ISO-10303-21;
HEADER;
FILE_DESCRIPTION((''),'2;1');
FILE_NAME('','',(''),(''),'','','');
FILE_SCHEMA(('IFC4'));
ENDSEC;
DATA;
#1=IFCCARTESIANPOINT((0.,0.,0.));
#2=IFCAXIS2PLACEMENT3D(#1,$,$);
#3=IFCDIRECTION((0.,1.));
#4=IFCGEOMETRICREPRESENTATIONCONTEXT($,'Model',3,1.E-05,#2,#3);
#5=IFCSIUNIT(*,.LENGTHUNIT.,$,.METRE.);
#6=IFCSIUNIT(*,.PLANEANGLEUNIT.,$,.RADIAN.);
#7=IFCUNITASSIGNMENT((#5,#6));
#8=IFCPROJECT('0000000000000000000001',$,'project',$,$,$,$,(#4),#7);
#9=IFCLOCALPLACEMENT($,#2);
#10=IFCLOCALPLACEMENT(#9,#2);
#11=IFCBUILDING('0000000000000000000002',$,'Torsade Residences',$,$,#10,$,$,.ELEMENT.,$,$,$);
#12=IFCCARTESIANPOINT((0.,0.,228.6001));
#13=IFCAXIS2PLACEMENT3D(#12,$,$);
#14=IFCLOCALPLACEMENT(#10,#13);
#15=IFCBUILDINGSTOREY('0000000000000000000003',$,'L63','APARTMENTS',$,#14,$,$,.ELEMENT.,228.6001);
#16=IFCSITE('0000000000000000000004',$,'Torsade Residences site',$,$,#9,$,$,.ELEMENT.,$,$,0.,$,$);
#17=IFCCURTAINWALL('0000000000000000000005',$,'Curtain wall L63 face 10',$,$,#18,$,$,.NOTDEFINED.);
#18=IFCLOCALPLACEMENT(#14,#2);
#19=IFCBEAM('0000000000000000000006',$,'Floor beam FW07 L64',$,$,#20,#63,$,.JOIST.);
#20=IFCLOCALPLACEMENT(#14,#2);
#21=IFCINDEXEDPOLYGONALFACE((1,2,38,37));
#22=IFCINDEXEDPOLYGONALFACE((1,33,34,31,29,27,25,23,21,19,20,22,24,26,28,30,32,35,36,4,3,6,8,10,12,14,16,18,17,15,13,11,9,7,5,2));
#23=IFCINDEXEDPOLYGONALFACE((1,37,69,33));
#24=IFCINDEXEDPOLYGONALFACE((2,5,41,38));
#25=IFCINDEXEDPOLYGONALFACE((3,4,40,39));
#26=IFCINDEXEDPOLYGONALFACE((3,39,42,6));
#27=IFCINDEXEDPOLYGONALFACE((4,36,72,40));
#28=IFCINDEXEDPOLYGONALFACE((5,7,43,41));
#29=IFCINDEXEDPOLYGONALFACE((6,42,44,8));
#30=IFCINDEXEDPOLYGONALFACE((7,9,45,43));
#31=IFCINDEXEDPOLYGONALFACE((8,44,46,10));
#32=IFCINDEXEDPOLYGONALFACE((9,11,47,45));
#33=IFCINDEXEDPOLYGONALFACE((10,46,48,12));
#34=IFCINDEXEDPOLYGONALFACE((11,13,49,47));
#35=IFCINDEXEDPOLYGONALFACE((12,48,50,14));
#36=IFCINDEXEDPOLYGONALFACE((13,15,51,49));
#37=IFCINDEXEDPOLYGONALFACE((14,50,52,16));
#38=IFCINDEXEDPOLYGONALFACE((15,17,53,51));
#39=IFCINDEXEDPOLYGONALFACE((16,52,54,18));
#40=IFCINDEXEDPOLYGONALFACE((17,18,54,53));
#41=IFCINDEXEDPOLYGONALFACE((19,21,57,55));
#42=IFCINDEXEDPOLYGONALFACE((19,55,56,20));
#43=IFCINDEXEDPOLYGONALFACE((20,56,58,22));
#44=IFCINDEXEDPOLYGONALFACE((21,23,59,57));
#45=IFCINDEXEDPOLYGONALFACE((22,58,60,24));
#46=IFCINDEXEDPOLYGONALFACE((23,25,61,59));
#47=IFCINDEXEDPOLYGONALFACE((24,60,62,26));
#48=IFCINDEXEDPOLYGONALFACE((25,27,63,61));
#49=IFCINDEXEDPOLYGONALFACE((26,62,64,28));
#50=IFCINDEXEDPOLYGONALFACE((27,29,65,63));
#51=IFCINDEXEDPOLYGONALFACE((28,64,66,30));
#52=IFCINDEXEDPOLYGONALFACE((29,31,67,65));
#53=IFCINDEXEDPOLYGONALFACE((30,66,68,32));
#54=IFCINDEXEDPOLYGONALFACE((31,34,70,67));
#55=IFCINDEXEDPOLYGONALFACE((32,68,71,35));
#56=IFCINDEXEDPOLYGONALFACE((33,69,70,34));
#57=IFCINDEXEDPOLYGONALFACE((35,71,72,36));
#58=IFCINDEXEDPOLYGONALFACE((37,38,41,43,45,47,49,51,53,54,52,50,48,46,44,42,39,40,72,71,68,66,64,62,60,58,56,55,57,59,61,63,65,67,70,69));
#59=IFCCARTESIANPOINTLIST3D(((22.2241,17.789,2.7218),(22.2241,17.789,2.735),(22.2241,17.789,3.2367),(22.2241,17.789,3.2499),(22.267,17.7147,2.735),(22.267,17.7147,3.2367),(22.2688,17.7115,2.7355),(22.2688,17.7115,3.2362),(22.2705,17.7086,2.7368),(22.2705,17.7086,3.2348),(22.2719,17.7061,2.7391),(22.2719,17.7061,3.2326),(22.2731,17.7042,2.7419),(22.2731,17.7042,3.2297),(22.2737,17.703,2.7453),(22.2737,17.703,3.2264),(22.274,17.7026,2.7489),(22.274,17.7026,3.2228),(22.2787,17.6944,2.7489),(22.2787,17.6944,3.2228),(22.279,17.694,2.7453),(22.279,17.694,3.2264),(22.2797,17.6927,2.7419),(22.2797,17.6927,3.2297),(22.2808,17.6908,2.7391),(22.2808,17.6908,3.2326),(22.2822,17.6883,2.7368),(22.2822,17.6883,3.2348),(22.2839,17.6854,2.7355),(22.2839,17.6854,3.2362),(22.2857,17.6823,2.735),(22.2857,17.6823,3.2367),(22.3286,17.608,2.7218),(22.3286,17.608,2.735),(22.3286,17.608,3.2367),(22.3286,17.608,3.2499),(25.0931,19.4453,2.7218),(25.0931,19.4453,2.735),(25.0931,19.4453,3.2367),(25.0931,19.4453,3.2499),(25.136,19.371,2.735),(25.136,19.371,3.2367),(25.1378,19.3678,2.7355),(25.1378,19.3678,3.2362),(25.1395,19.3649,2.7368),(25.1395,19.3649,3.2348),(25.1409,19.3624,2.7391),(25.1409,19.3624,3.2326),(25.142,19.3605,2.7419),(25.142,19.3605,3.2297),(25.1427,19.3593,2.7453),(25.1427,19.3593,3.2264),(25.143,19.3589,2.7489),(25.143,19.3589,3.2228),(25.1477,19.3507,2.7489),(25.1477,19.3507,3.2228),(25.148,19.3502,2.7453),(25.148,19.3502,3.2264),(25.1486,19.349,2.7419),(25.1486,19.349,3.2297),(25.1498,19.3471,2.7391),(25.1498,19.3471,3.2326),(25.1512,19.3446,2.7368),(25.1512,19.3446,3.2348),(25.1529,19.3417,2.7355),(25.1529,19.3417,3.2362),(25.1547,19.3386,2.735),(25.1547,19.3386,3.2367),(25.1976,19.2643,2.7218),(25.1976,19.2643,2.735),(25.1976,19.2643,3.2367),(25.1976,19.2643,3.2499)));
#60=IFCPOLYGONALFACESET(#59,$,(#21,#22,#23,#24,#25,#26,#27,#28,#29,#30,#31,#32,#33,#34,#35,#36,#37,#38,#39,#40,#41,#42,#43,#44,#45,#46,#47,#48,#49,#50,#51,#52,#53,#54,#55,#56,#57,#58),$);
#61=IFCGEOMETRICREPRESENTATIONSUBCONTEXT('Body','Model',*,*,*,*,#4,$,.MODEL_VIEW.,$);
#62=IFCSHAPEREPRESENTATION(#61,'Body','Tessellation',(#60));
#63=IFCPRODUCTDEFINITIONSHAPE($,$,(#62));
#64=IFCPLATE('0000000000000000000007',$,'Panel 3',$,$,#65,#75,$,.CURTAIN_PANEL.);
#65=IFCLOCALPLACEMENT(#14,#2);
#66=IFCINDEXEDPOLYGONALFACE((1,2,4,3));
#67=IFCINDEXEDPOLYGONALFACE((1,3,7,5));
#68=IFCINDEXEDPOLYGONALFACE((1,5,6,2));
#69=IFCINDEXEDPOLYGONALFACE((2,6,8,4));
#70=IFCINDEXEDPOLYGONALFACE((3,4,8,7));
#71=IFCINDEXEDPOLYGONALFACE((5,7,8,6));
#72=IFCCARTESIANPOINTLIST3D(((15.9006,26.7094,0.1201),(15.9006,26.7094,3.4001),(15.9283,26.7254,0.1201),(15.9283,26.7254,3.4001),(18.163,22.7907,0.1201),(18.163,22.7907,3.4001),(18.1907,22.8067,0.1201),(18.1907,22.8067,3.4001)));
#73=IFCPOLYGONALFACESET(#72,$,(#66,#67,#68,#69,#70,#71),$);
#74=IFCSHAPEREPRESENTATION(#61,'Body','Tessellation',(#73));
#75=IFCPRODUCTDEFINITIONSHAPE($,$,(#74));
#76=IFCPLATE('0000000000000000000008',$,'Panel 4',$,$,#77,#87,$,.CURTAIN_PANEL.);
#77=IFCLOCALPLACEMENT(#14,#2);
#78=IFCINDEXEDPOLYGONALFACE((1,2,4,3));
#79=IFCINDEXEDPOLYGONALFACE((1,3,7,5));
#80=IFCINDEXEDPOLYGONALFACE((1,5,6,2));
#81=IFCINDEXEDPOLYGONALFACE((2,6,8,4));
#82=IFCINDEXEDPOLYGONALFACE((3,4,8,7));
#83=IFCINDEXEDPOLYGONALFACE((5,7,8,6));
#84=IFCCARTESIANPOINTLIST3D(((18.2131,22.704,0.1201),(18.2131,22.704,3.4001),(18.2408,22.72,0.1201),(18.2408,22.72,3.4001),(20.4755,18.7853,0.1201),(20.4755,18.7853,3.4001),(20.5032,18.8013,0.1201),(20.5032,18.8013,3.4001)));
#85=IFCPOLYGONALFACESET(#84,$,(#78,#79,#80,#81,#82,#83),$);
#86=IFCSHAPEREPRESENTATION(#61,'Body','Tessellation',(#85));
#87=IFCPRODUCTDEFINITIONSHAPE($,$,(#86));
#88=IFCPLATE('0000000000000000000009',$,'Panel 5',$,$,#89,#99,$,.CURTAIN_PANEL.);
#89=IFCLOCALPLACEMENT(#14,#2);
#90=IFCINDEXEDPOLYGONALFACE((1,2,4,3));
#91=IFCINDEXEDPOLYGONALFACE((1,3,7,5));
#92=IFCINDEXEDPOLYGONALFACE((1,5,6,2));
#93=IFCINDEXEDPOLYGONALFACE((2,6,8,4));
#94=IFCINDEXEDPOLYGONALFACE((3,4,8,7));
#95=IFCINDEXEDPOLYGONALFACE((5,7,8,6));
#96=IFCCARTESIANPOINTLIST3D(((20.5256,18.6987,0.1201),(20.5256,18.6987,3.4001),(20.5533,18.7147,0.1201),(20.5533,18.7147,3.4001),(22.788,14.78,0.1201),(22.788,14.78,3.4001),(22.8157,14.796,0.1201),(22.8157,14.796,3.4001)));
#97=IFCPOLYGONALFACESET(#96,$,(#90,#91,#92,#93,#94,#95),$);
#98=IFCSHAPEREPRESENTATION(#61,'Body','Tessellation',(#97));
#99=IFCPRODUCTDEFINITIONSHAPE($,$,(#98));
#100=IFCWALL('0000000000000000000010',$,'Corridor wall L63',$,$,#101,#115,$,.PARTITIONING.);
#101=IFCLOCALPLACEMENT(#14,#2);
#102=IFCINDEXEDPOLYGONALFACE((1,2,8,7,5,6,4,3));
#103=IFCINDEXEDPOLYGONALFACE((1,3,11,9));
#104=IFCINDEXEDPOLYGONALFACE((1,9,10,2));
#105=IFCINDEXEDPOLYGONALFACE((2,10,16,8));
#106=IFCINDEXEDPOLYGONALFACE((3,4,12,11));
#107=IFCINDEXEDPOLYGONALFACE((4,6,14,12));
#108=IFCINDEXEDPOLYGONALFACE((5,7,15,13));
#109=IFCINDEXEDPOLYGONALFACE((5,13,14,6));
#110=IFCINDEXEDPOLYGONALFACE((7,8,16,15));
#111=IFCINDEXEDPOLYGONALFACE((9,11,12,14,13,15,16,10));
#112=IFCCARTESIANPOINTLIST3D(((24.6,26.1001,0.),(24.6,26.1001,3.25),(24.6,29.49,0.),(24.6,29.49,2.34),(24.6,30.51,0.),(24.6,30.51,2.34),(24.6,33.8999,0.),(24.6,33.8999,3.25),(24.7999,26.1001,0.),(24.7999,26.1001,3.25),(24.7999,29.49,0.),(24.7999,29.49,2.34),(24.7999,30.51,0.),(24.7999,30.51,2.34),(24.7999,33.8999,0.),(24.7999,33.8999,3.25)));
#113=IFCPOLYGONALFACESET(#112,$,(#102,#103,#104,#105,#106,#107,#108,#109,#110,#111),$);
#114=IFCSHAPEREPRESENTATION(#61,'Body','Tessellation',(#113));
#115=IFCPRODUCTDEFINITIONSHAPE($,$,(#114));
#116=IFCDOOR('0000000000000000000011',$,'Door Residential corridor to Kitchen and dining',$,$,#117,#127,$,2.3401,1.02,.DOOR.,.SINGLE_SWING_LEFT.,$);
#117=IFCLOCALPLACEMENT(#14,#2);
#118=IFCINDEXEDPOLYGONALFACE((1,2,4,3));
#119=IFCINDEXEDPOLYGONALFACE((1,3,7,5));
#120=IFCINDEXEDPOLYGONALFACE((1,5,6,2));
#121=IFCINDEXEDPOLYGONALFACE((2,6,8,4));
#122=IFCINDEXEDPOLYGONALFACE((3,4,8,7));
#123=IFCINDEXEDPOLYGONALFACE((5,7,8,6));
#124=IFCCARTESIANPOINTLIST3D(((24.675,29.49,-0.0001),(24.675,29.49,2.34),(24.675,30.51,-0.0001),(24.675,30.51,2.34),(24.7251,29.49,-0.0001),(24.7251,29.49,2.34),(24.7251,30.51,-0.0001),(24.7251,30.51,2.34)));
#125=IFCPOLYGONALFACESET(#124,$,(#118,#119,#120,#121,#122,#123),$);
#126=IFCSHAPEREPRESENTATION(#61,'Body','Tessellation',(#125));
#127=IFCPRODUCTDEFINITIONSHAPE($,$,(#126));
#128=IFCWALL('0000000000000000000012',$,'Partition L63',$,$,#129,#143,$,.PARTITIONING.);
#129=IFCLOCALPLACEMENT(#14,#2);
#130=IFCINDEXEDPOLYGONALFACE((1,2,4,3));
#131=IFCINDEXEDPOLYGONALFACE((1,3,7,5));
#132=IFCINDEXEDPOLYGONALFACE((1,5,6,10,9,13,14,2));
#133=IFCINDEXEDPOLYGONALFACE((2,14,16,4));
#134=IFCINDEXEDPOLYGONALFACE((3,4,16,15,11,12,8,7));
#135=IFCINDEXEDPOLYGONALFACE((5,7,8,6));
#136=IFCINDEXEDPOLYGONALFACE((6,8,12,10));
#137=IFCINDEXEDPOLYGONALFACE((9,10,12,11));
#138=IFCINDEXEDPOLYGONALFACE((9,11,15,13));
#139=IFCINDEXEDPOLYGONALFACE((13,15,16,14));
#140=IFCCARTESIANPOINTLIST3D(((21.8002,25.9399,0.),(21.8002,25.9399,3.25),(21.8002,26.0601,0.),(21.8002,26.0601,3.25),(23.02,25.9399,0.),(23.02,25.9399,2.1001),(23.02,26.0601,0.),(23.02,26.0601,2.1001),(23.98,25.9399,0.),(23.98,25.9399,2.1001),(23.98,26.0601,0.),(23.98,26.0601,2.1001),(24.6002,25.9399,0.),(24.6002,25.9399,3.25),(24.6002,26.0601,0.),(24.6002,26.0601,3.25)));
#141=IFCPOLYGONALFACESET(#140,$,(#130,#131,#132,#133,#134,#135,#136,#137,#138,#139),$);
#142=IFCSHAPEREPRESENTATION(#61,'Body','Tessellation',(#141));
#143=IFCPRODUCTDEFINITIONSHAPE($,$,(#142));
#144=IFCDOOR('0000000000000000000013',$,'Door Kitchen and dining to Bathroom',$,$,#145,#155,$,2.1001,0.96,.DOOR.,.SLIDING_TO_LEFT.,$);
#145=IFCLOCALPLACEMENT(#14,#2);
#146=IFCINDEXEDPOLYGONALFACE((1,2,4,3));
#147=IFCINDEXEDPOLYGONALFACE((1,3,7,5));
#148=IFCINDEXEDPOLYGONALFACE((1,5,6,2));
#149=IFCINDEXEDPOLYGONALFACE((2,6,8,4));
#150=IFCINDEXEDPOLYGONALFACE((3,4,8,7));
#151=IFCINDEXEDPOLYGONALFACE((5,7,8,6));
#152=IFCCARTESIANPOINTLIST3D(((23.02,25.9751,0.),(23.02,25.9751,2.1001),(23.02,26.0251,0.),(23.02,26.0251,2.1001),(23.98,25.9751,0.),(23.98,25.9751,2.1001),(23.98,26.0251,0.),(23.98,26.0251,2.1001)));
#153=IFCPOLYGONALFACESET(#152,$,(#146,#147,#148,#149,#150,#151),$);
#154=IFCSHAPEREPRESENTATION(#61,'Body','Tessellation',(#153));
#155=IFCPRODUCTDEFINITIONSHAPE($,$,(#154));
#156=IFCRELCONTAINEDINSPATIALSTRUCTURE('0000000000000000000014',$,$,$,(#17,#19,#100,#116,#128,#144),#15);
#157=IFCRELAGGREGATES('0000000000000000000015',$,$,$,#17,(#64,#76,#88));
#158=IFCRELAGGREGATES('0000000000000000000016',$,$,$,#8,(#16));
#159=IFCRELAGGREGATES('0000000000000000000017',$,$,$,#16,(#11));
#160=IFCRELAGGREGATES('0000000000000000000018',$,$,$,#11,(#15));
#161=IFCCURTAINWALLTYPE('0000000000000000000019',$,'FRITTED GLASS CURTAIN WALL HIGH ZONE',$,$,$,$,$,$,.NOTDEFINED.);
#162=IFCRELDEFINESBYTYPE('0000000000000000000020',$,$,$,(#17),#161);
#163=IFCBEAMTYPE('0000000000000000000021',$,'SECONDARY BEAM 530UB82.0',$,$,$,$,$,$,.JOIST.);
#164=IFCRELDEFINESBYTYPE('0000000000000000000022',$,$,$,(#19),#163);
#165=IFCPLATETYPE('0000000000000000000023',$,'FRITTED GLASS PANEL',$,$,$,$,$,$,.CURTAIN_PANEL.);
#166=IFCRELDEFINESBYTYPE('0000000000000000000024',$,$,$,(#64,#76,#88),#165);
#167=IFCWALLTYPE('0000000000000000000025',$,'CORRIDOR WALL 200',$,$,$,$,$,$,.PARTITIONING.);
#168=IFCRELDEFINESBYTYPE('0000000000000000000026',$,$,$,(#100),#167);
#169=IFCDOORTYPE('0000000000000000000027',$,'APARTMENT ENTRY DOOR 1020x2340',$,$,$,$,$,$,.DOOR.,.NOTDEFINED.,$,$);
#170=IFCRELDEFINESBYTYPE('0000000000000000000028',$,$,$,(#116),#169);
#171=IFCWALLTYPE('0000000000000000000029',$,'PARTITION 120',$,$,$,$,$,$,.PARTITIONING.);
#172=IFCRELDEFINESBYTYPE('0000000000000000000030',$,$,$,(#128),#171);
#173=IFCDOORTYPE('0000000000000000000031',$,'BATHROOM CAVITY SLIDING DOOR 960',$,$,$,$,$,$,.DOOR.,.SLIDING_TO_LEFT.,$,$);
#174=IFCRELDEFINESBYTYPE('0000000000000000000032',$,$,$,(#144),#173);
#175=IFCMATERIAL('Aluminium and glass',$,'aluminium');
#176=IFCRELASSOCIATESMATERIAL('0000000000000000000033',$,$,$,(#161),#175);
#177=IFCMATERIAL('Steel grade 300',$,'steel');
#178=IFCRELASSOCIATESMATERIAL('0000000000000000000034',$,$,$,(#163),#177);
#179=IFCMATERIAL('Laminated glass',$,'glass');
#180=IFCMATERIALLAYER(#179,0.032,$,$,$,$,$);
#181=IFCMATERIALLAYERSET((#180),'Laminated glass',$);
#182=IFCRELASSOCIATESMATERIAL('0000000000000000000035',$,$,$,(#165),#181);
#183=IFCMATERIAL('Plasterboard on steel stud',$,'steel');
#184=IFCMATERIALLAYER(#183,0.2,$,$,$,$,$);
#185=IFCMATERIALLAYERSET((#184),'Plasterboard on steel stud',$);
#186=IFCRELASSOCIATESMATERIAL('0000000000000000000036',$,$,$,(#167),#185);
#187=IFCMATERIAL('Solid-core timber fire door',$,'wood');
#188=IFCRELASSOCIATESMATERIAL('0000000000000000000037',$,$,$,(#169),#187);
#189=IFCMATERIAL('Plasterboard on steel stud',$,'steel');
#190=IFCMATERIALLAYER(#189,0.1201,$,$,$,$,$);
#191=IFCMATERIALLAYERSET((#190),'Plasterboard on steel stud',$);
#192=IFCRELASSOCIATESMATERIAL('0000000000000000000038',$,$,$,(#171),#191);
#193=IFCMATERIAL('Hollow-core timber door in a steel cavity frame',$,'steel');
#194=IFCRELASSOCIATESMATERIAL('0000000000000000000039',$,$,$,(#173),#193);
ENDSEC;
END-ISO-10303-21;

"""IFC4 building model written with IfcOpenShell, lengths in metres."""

from ifc_helpers import new_model, si_unit, direction, frame, frame_2d, origin, origin_2d, place, context, subcontext, project, spatial, rectangle, i_section, extrude, material, layer, layer_set, material_profile, profile_set, type_object, element, fill, aggregate, save


model = new_model("IFC4")

# Units and contexts
model_context = context("Model", 3, precision=1e-05, world=origin(), true_north=direction((0.0, 1.0)))
body_context = subcontext(model_context, "Body", "Model", "MODEL_VIEW")
ifc_project = project(units=[si_unit("LENGTHUNIT", "METRE"), si_unit("PLANEANGLEUNIT", "RADIAN")], contexts=[model_context])

# Site, building, storey
site_placement = place(None, origin())
site = spatial("IfcSite", under=ifc_project, at=site_placement, Name="Torsade Residences site", CompositionType="ELEMENT", RefElevation=0.0)
building_placement = place(site_placement, origin())
building = spatial("IfcBuilding", under=site, at=building_placement, Name="Torsade Residences", CompositionType="ELEMENT")
storey_placement = place(building_placement, frame((0.0, 0.0, 228.6001)))
storey = spatial("IfcBuildingStorey", under=building, at=storey_placement, Name="L63", Description="APARTMENTS", CompositionType="ELEMENT", Elevation=228.6001)

# Curtain wall
ifc_material_1 = material(Name="Aluminium and glass", Category="aluminium")
curtain_wall_type = type_object("IfcCurtainWallType", Name="FRITTED GLASS CURTAIN WALL HIGH ZONE", PredefinedType="NOTDEFINED", material=ifc_material_1)
curtain_wall_placement = place(storey_placement, origin())
curtain_wall = element("IfcCurtainWall", 1, at=curtain_wall_placement, inside=storey, type_object=curtain_wall_type, Name="Curtain wall L63 face 10", PredefinedType="NOTDEFINED")

# Beam
ifc_material_2 = material(Name="Steel grade 300", Category="steel")
ifc_material_profile_1 = material_profile(ifc_material_2, i_section(OverallWidth=0.209, OverallDepth=0.5281, WebThickness=0.0095, FlangeThickness=0.0132, FilletRadius=0.0139, at=origin_2d()), Name="530UB82.0")
ifc_profile_set_1 = profile_set([ifc_material_profile_1], Name="Steel grade 300")
beam_type_1 = type_object("IfcBeamType", Name="SECONDARY BEAM 530UB82.0", PredefinedType="JOIST", material=ifc_profile_set_1)
beam_1_placement = place(storey_placement, frame((22.2764, 17.6985, 2.9858), z_axis=(0.86604, 0.499976, 0.0), x_axis=(-0.499976, 0.86604, 0.0)))
element("IfcBeam", 2, at=beam_1_placement, inside=storey, type_object=beam_type_1, Name="Floor beam FW07 L64", PredefinedType="JOIST", context=body_context, shape_type="SweptSolid", body=[
    extrude(i_section(OverallWidth=0.209, OverallDepth=0.5281, WebThickness=0.0095, FlangeThickness=0.0132, FilletRadius=0.0139, at=origin_2d()), origin(), (0.0, 0.0, 1.0), 3.3127),
])

# Plates
ifc_material_3 = material(Name="Laminated glass", Category="glass")
ifc_layer_1 = layer(ifc_material_3, 0.032)
ifc_layer_set_1 = layer_set([ifc_layer_1], Name="Laminated glass")
plate_type = type_object("IfcPlateType", Name="FRITTED GLASS PANEL", PredefinedType="CURTAIN_PANEL", material=ifc_layer_set_1)
plate_1_placement = place(storey_placement, frame((17.0457, 24.7581, 0.1201), z_axis=(0.0, 0.0, 1.0), x_axis=(0.5, -0.866025, 0.0)))
plate_1 = element("IfcPlate", 3, at=plate_1_placement, type_object=plate_type, Name="Panel 3", PredefinedType="CURTAIN_PANEL", context=body_context, shape_type="SweptSolid", body=[
    extrude(rectangle(XDim=4.5249, YDim=0.032, at=origin_2d()), origin(), (0.0, 0.0, 1.0), 3.28),
])
plate_2_placement = place(storey_placement, frame((19.3582, 20.7527, 0.1201), z_axis=(0.0, 0.0, 1.0), x_axis=(0.5, -0.866025, 0.0)))
plate_2 = element("IfcPlate", 4, at=plate_2_placement, type_object=plate_type, Name="Panel 4", PredefinedType="CURTAIN_PANEL", context=body_context, shape_type="SweptSolid", body=[
    extrude(rectangle(XDim=4.5249, YDim=0.032, at=origin_2d()), origin(), (0.0, 0.0, 1.0), 3.28),
])
plate_3_placement = place(storey_placement, frame((21.6707, 16.7473, 0.1201), z_axis=(0.0, 0.0, 1.0), x_axis=(0.5, -0.866025, 0.0)))
plate_3 = element("IfcPlate", 5, at=plate_3_placement, type_object=plate_type, Name="Panel 5", PredefinedType="CURTAIN_PANEL", context=body_context, shape_type="SweptSolid", body=[
    extrude(rectangle(XDim=4.5249, YDim=0.032, at=origin_2d()), origin(), (0.0, 0.0, 1.0), 3.28),
])
aggregate(curtain_wall, [plate_1, plate_2, plate_3])

# Walls, openings, doors
ifc_material_4 = material(Name="Plasterboard on steel stud", Category="steel")
ifc_layer_2 = layer(ifc_material_4, 0.2)
ifc_layer_set_2 = layer_set([ifc_layer_2], Name="Plasterboard on steel stud")
wall_type_1 = type_object("IfcWallType", Name="CORRIDOR WALL 200", PredefinedType="PARTITIONING", material=ifc_layer_set_2)
wall_1_placement = place(storey_placement, frame((24.7, 26.1001, 0.0), z_axis=(0.0, 0.0, 1.0), x_axis=(0.0, 1.0, 0.0)))
wall_1 = element("IfcWall", 6, at=wall_1_placement, inside=storey, type_object=wall_type_1, Name="Corridor wall L63", PredefinedType="PARTITIONING", context=body_context, shape_type="SweptSolid", body=[
    extrude(rectangle(XDim=7.7998, YDim=0.2, at=frame_2d((3.8999, 0.0))), origin(), (0.0, 0.0, 1.0), 3.25),
])
opening_1_placement = place(wall_1_placement, frame((3.3899, 0.0, 0.0)))
opening_1 = element("IfcOpeningElement", 7, at=opening_1_placement, cuts=wall_1, PredefinedType="OPENING", context=body_context, shape_type="SweptSolid", body=[
    extrude(rectangle(XDim=1.02, YDim=2.3401, at=frame_2d((0.51, 1.1699))), frame((0.0, 0.1099, 0.0), z_axis=(0.0, -1.0, 0.0), x_axis=(1.0, 0.0, 0.0)), (0.0, 0.0, 1.0), 0.22),
])
ifc_material_5 = material(Name="Solid-core timber fire door", Category="wood")
door_type_1 = type_object("IfcDoorType", Name="APARTMENT ENTRY DOOR 1020x2340", OperationType="NOTDEFINED", PredefinedType="DOOR", material=ifc_material_5)
door_1_placement = place(opening_1_placement, origin())
door_1 = element("IfcDoor", 8, at=door_1_placement, inside=storey, type_object=door_type_1, Name="Door Residential corridor to Kitchen and dining", OperationType="SINGLE_SWING_LEFT", OverallHeight=2.3401, OverallWidth=1.02, PredefinedType="DOOR", context=body_context, shape_type="SweptSolid", body=[
    extrude(rectangle(XDim=1.02, YDim=2.3401, at=frame_2d((0.51, 1.1699))), frame((0.0, 0.0249, 0.0), z_axis=(0.0, -1.0, 0.0), x_axis=(1.0, 0.0, 0.0)), (0.0, 0.0, 1.0), 0.05),
])
fill(opening_1, door_1)
ifc_material_6 = material(Name="Plasterboard on steel stud", Category="steel")
ifc_layer_3 = layer(ifc_material_6, 0.1201)
ifc_layer_set_3 = layer_set([ifc_layer_3], Name="Plasterboard on steel stud")
wall_type_2 = type_object("IfcWallType", Name="PARTITION 120", PredefinedType="PARTITIONING", material=ifc_layer_set_3)
wall_2_placement = place(storey_placement, frame((24.6001, 26.0, 0.0), z_axis=(0.0, 0.0, 1.0), x_axis=(-1.0, 0.0, 0.0)))
wall_2 = element("IfcWall", 9, at=wall_2_placement, inside=storey, type_object=wall_type_2, Name="Partition L63", PredefinedType="PARTITIONING", context=body_context, shape_type="SweptSolid", body=[
    extrude(rectangle(XDim=2.8, YDim=0.1201, at=frame_2d((1.3999, 0.0))), origin(), (0.0, 0.0, 1.0), 3.25),
])
opening_2_placement = place(wall_2_placement, frame((0.6201, 0.0, 0.0)))
opening_2 = element("IfcOpeningElement", 10, at=opening_2_placement, cuts=wall_2, PredefinedType="OPENING", context=body_context, shape_type="SweptSolid", body=[
    extrude(rectangle(XDim=0.96, YDim=2.1001, at=frame_2d((0.48, 1.05))), frame((0.0, 0.0701, 0.0), z_axis=(0.0, -1.0, 0.0), x_axis=(1.0, 0.0, 0.0)), (0.0, 0.0, 1.0), 0.1401),
])
ifc_material_7 = material(Name="Hollow-core timber door in a steel cavity frame", Category="steel")
door_type_2 = type_object("IfcDoorType", Name="BATHROOM CAVITY SLIDING DOOR 960", OperationType="SLIDING_TO_LEFT", PredefinedType="DOOR", material=ifc_material_7)
door_2_placement = place(opening_2_placement, origin())
door_2 = element("IfcDoor", 11, at=door_2_placement, inside=storey, type_object=door_type_2, Name="Door Kitchen and dining to Bathroom", OperationType="SLIDING_TO_LEFT", OverallHeight=2.1001, OverallWidth=0.96, PredefinedType="DOOR", context=body_context, shape_type="SweptSolid", body=[
    extrude(rectangle(XDim=0.96, YDim=2.1001, at=frame_2d((0.48, 1.05))), frame((0.0, 0.0249, 0.0), z_axis=(0.0, -1.0, 0.0), x_axis=(1.0, 0.0, 0.0)), (0.0, 0.0, 1.0), 0.05),
])
fill(opening_2, door_2)

save(model, "model.ifc")
